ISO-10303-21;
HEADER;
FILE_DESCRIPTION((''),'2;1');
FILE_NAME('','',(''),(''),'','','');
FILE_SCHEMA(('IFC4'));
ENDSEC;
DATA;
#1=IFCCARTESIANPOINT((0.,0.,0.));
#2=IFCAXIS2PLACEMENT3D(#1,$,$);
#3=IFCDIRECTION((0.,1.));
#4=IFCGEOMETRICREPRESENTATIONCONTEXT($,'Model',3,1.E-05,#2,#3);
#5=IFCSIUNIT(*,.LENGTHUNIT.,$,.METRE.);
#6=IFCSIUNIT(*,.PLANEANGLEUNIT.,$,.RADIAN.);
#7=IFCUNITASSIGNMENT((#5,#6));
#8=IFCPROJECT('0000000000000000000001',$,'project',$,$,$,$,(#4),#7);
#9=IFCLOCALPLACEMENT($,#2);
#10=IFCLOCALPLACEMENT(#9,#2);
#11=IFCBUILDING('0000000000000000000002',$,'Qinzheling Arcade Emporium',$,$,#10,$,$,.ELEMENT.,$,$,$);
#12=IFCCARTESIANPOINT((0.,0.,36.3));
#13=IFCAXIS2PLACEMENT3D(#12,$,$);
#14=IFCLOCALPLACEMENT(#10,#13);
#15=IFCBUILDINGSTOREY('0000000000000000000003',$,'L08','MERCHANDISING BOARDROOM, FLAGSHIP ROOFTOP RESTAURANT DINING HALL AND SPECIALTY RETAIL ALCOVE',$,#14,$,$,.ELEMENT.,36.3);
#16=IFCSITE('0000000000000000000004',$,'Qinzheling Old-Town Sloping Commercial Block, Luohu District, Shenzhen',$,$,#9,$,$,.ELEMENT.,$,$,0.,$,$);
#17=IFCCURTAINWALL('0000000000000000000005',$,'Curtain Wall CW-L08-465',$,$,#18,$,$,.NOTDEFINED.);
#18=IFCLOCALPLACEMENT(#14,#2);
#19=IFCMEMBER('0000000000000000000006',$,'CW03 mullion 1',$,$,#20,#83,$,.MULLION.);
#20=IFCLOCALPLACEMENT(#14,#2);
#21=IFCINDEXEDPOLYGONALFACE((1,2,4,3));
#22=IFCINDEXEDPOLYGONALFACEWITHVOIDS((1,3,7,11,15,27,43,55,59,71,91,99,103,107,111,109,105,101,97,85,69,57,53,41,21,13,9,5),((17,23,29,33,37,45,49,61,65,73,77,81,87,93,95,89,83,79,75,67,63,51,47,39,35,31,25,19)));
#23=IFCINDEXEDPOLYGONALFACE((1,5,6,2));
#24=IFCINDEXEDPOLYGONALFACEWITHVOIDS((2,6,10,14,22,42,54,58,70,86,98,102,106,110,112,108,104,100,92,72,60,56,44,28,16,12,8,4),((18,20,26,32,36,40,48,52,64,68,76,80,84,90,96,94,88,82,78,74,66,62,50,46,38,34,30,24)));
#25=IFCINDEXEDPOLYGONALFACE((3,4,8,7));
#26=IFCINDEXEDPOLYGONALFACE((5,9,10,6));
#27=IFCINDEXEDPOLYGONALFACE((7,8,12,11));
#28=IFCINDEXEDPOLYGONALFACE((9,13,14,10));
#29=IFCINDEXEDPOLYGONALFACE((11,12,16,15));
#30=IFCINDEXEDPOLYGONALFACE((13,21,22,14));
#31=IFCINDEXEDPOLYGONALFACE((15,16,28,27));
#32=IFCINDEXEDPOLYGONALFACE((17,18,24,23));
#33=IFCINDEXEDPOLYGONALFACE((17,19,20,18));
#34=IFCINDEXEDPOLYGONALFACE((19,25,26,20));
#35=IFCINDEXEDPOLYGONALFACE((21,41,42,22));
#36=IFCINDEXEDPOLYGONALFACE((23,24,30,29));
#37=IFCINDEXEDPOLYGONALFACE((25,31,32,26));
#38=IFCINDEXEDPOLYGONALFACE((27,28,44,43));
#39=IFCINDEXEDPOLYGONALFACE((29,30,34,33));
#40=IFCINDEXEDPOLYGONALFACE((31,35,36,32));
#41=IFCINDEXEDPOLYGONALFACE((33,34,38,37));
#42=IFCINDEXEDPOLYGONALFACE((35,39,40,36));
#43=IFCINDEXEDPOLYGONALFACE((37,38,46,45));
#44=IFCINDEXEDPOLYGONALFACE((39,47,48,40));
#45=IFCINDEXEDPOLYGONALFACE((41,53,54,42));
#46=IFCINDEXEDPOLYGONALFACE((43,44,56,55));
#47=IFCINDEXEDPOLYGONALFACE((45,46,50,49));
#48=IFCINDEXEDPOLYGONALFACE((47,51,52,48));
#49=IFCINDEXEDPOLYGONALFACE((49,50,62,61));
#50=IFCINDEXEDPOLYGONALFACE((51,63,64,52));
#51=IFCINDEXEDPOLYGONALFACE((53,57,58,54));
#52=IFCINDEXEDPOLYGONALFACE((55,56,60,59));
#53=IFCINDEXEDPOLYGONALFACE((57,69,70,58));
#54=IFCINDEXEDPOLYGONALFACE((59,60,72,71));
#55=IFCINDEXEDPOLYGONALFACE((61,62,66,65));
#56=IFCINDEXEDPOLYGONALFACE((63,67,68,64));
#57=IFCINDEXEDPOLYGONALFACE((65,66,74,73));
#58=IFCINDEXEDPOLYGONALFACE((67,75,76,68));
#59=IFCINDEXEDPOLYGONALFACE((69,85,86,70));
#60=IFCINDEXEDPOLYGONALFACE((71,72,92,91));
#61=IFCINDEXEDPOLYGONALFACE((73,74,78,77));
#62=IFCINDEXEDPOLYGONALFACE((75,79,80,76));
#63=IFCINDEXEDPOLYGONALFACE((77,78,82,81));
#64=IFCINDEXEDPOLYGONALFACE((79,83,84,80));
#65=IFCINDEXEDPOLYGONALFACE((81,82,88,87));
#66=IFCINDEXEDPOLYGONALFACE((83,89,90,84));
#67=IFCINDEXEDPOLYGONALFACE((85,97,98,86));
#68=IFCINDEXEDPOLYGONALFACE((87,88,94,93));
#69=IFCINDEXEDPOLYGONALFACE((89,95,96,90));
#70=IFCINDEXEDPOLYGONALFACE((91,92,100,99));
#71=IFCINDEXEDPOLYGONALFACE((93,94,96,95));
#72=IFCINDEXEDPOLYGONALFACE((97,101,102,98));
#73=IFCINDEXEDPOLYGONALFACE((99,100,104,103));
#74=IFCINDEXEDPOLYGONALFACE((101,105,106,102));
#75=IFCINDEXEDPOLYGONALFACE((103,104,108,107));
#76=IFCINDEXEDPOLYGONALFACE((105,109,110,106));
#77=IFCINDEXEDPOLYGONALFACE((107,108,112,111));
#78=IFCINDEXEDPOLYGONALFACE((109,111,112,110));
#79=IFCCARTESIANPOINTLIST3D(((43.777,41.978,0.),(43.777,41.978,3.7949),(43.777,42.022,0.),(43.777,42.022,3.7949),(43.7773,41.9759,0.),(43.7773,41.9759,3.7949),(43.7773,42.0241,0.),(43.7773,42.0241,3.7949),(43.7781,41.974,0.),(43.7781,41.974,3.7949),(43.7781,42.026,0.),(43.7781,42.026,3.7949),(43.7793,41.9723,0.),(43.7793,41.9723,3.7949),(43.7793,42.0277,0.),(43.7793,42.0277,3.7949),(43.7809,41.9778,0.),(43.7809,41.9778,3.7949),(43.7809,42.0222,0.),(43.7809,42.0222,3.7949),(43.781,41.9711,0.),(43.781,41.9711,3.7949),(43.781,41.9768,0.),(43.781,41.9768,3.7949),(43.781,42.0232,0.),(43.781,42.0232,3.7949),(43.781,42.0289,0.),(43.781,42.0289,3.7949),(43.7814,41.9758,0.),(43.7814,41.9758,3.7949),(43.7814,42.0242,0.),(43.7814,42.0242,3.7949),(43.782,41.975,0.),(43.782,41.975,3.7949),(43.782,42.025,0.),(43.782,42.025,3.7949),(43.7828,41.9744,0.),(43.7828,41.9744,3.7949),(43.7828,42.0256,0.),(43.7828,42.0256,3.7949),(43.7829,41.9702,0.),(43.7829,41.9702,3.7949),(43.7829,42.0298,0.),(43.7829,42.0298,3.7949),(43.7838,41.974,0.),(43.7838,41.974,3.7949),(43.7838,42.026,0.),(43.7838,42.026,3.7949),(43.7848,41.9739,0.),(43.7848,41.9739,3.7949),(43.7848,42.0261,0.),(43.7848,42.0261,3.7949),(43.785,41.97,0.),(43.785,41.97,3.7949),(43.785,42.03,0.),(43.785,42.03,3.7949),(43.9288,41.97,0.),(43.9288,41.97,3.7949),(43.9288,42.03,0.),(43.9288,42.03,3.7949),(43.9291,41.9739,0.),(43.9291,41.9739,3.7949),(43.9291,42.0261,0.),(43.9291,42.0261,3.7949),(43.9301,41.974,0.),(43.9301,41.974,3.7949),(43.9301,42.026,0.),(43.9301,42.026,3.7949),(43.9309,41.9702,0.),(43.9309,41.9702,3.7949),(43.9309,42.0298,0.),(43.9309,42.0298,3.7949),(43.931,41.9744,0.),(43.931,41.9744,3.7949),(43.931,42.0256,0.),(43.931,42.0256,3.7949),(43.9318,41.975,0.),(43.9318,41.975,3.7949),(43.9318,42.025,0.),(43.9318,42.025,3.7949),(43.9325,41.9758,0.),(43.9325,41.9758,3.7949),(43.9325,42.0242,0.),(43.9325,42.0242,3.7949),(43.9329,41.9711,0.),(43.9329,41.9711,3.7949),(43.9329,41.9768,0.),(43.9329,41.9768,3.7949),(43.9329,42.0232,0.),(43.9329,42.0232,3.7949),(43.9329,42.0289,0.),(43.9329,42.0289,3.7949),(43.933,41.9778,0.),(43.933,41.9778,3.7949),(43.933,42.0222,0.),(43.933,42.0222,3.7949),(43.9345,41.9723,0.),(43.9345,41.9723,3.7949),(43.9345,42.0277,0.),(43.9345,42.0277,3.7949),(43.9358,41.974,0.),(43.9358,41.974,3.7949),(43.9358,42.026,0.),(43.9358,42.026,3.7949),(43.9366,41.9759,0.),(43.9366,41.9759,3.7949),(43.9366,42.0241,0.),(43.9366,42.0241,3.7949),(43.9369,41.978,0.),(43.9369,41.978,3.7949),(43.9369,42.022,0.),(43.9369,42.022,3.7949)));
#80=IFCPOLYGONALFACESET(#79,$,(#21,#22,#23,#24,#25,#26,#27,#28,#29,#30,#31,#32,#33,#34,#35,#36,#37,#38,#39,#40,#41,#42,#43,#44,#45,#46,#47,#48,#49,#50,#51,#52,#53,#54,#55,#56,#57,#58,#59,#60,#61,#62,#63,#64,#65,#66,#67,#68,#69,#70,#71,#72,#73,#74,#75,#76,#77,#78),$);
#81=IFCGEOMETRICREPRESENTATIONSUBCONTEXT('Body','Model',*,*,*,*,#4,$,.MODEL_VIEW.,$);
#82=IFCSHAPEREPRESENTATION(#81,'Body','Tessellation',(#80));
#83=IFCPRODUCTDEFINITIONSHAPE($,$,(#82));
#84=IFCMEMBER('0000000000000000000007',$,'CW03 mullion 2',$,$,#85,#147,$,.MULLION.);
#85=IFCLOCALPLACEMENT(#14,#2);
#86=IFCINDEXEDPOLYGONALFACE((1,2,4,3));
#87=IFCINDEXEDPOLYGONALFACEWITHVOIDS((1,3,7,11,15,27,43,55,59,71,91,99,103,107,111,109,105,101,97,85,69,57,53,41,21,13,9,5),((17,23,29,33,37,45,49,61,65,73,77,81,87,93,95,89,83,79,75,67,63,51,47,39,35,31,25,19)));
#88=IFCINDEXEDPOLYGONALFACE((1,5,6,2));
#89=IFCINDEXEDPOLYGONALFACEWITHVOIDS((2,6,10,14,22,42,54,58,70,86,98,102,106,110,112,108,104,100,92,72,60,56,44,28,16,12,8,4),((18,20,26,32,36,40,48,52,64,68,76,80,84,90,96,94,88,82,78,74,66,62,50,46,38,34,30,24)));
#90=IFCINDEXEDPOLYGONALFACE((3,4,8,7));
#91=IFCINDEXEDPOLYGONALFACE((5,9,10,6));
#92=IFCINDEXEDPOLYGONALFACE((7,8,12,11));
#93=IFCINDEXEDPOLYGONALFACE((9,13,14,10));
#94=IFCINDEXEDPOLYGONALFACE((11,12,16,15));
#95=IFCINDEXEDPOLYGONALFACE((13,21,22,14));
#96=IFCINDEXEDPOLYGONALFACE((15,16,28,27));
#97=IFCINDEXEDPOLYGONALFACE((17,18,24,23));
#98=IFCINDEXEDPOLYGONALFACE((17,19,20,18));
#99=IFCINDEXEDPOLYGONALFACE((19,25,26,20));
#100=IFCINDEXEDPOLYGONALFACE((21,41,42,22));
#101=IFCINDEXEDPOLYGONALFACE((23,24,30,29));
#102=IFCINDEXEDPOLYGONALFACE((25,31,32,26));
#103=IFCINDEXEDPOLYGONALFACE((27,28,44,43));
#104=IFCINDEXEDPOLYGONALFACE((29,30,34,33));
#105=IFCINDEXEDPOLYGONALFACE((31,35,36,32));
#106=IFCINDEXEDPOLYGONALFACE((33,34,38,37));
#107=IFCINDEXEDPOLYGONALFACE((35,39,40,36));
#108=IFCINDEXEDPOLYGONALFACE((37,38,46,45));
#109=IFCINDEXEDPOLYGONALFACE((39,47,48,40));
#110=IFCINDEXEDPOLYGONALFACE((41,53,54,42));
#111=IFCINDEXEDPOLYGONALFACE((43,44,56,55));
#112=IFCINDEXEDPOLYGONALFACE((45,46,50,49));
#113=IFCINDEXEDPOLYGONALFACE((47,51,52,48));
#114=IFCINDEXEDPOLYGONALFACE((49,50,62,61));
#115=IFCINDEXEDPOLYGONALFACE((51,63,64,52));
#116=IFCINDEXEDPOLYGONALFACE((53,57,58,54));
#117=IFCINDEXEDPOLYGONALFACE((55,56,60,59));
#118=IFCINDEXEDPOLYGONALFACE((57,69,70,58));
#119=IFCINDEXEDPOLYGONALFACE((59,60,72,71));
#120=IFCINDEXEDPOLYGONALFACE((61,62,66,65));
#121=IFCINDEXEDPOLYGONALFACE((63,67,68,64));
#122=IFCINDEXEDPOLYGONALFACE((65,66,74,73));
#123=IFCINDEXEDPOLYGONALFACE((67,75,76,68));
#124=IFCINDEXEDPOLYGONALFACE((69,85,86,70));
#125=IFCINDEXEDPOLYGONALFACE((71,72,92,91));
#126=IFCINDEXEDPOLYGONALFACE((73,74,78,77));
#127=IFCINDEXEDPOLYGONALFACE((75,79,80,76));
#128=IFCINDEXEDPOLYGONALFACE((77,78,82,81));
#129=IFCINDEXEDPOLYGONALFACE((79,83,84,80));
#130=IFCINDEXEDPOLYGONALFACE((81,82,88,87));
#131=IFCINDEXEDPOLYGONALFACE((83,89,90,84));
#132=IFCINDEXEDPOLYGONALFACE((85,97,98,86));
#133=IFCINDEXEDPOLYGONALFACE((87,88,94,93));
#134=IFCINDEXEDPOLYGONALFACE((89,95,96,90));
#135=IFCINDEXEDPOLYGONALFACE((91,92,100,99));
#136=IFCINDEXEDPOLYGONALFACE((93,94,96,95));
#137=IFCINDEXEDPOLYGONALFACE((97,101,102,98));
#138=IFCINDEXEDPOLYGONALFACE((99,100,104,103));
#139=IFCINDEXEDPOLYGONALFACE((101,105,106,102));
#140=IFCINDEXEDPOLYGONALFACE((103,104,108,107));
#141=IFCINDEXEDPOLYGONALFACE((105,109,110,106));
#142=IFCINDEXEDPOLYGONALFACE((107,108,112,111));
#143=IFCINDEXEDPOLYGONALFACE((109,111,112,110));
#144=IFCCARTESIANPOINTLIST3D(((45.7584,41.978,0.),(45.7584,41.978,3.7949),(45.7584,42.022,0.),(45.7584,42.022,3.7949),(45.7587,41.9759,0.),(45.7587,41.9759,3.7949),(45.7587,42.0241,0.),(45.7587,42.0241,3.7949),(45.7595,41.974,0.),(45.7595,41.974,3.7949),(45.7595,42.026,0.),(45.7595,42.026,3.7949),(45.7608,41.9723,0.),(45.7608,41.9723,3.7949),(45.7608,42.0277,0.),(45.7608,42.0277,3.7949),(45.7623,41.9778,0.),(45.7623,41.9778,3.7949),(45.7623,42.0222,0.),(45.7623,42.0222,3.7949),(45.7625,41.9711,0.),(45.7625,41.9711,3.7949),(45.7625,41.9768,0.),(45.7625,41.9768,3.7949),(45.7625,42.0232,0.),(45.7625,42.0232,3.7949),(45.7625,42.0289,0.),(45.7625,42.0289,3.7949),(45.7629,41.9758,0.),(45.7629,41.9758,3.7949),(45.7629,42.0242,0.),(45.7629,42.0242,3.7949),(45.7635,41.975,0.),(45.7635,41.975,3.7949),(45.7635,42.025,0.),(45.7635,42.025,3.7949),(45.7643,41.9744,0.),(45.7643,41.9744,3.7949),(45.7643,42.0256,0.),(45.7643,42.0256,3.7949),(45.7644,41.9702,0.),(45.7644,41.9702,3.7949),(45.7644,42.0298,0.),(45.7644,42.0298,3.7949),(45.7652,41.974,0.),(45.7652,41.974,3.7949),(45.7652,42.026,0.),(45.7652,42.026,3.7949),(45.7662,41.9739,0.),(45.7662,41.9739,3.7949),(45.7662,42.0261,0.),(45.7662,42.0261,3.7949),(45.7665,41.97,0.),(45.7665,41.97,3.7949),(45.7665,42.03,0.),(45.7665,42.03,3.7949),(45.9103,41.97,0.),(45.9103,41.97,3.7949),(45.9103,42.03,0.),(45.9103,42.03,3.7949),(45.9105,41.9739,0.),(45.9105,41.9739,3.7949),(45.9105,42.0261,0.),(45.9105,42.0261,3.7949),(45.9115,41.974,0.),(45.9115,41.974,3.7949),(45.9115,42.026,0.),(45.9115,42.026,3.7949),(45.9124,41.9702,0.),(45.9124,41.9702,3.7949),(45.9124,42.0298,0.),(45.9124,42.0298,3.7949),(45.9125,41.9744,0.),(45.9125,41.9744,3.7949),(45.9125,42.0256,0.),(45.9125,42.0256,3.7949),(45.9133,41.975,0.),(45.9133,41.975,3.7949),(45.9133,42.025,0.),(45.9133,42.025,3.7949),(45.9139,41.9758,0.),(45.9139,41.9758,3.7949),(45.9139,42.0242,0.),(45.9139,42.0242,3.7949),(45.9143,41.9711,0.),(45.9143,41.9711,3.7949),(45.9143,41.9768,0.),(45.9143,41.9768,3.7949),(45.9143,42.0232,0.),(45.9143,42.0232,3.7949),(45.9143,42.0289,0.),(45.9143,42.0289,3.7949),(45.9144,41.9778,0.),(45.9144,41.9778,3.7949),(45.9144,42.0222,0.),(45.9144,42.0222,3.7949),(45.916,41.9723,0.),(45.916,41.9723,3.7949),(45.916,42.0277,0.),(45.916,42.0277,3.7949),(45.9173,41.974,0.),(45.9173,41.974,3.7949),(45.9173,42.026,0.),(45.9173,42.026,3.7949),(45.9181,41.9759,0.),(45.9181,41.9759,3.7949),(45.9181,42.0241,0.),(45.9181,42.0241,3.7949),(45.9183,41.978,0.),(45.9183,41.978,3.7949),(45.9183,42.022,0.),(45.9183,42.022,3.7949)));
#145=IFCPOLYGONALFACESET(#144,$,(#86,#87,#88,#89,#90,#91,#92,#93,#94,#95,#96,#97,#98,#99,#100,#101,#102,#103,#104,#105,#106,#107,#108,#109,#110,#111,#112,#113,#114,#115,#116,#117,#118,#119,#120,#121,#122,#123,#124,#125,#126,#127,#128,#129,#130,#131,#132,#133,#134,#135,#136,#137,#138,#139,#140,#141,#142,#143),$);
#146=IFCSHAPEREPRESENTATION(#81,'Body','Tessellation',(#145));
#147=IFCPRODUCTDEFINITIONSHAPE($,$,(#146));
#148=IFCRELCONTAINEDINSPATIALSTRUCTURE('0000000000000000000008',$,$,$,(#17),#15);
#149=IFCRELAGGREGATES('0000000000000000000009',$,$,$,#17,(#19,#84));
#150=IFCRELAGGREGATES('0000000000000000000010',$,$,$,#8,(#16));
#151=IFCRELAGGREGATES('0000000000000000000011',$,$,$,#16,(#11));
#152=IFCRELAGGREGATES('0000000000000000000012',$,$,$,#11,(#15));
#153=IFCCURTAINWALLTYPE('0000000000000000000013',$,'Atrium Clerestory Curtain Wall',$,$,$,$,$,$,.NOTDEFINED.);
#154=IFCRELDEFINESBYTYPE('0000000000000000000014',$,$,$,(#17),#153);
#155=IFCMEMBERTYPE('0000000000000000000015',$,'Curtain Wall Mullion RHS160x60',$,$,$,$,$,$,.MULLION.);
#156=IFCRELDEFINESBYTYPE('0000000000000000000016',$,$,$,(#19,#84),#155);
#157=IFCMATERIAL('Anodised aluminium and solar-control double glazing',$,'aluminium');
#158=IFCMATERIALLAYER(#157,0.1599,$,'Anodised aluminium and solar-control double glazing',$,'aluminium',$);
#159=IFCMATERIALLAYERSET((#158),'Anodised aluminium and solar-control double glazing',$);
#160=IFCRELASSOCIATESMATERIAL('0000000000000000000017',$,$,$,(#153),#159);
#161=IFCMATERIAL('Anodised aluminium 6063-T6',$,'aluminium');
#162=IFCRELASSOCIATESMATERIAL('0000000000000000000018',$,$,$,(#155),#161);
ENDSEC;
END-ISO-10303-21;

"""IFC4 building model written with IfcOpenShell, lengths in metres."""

from ifc_helpers import new_model, si_unit, direction, frame, origin, origin_2d, place, context, subcontext, project, spatial, hollow_rectangle, extrude, material, layer, layer_set, material_profile, profile_set, type_object, element, aggregate, save


model = new_model("IFC4")

# Units and contexts
model_context = context("Model", 3, precision=1e-05, world=origin(), true_north=direction((0.0, 1.0)))
body_context = subcontext(model_context, "Body", "Model", "MODEL_VIEW")
ifc_project = project(units=[si_unit("LENGTHUNIT", "METRE"), si_unit("PLANEANGLEUNIT", "RADIAN")], contexts=[model_context])

# Site, building, storey
site_placement = place(None, origin())
site = spatial("IfcSite", under=ifc_project, at=site_placement, Name="Qinzheling Old-Town Sloping Commercial Block, Luohu District, Shenzhen", CompositionType="ELEMENT", RefElevation=0.0)
building_placement = place(site_placement, origin())
building = spatial("IfcBuilding", under=site, at=building_placement, Name="Qinzheling Arcade Emporium", CompositionType="ELEMENT")
storey_placement = place(building_placement, frame((0.0, 0.0, 36.3)))
storey = spatial("IfcBuildingStorey", under=building, at=storey_placement, Name="L08", Description="MERCHANDISING BOARDROOM, FLAGSHIP ROOFTOP RESTAURANT DINING HALL AND SPECIALTY RETAIL ALCOVE", CompositionType="ELEMENT", Elevation=36.3)

# Curtain wall, members
ifc_material_1 = material(Name="Anodised aluminium and solar-control double glazing", Category="aluminium")
ifc_layer_1 = layer(ifc_material_1, 0.1599, Name="Anodised aluminium and solar-control double glazing", Category="aluminium")
ifc_layer_set_1 = layer_set([ifc_layer_1], Name="Anodised aluminium and solar-control double glazing")
curtain_wall_type = type_object("IfcCurtainWallType", Name="Atrium Clerestory Curtain Wall", PredefinedType="NOTDEFINED", material=ifc_layer_set_1)
ifc_material_2 = material(Name="Anodised aluminium 6063-T6", Category="aluminium")
ifc_material_profile_1 = material_profile(ifc_material_2, hollow_rectangle(XDim=0.0601, YDim=0.1599, WallThickness=0.0039, InnerFilletRadius=0.0039, OuterFilletRadius=0.0081, at=origin_2d()), Name="RHS 160x60x4", Category="aluminium")
ifc_profile_set_1 = profile_set([ifc_material_profile_1], Name="Anodised aluminium 6063-T6")
member_type_1 = type_object("IfcMemberType", Name="Curtain Wall Mullion RHS160x60", PredefinedType="MULLION", material=ifc_profile_set_1)
curtain_wall_1_placement = place(storey_placement, origin())
curtain_wall_1 = element("IfcCurtainWall", 1, at=curtain_wall_1_placement, inside=storey, type_object=curtain_wall_type, Name="Curtain Wall CW-L08-465", PredefinedType="NOTDEFINED")
member_1_placement = place(storey_placement, frame((43.8569, 42.0, 0.0), z_axis=(0.0, 0.0, 1.0), x_axis=(0.0, 1.0, 0.0)))
member_1 = element("IfcMember", 2, at=member_1_placement, type_object=member_type_1, Name="CW03 mullion 1", PredefinedType="MULLION", context=body_context, shape_type="SweptSolid", body=[
    extrude(hollow_rectangle(XDim=0.0601, YDim=0.1599, WallThickness=0.0039, InnerFilletRadius=0.0039, OuterFilletRadius=0.0081, at=origin_2d()), origin(), (0.0, 0.0, 1.0), 3.7949),
])
member_2_placement = place(storey_placement, frame((45.8384, 42.0, 0.0), z_axis=(0.0, 0.0, 1.0), x_axis=(0.0, 1.0, 0.0)))
member_2 = element("IfcMember", 3, at=member_2_placement, type_object=member_type_1, Name="CW03 mullion 2", PredefinedType="MULLION", context=body_context, shape_type="SweptSolid", body=[
    extrude(hollow_rectangle(XDim=0.0601, YDim=0.1599, WallThickness=0.0039, InnerFilletRadius=0.0039, OuterFilletRadius=0.0081, at=origin_2d()), origin(), (0.0, 0.0, 1.0), 3.7949),
])

aggregate(curtain_wall_1, [member_1, member_2])

save(model, "model.ifc")
